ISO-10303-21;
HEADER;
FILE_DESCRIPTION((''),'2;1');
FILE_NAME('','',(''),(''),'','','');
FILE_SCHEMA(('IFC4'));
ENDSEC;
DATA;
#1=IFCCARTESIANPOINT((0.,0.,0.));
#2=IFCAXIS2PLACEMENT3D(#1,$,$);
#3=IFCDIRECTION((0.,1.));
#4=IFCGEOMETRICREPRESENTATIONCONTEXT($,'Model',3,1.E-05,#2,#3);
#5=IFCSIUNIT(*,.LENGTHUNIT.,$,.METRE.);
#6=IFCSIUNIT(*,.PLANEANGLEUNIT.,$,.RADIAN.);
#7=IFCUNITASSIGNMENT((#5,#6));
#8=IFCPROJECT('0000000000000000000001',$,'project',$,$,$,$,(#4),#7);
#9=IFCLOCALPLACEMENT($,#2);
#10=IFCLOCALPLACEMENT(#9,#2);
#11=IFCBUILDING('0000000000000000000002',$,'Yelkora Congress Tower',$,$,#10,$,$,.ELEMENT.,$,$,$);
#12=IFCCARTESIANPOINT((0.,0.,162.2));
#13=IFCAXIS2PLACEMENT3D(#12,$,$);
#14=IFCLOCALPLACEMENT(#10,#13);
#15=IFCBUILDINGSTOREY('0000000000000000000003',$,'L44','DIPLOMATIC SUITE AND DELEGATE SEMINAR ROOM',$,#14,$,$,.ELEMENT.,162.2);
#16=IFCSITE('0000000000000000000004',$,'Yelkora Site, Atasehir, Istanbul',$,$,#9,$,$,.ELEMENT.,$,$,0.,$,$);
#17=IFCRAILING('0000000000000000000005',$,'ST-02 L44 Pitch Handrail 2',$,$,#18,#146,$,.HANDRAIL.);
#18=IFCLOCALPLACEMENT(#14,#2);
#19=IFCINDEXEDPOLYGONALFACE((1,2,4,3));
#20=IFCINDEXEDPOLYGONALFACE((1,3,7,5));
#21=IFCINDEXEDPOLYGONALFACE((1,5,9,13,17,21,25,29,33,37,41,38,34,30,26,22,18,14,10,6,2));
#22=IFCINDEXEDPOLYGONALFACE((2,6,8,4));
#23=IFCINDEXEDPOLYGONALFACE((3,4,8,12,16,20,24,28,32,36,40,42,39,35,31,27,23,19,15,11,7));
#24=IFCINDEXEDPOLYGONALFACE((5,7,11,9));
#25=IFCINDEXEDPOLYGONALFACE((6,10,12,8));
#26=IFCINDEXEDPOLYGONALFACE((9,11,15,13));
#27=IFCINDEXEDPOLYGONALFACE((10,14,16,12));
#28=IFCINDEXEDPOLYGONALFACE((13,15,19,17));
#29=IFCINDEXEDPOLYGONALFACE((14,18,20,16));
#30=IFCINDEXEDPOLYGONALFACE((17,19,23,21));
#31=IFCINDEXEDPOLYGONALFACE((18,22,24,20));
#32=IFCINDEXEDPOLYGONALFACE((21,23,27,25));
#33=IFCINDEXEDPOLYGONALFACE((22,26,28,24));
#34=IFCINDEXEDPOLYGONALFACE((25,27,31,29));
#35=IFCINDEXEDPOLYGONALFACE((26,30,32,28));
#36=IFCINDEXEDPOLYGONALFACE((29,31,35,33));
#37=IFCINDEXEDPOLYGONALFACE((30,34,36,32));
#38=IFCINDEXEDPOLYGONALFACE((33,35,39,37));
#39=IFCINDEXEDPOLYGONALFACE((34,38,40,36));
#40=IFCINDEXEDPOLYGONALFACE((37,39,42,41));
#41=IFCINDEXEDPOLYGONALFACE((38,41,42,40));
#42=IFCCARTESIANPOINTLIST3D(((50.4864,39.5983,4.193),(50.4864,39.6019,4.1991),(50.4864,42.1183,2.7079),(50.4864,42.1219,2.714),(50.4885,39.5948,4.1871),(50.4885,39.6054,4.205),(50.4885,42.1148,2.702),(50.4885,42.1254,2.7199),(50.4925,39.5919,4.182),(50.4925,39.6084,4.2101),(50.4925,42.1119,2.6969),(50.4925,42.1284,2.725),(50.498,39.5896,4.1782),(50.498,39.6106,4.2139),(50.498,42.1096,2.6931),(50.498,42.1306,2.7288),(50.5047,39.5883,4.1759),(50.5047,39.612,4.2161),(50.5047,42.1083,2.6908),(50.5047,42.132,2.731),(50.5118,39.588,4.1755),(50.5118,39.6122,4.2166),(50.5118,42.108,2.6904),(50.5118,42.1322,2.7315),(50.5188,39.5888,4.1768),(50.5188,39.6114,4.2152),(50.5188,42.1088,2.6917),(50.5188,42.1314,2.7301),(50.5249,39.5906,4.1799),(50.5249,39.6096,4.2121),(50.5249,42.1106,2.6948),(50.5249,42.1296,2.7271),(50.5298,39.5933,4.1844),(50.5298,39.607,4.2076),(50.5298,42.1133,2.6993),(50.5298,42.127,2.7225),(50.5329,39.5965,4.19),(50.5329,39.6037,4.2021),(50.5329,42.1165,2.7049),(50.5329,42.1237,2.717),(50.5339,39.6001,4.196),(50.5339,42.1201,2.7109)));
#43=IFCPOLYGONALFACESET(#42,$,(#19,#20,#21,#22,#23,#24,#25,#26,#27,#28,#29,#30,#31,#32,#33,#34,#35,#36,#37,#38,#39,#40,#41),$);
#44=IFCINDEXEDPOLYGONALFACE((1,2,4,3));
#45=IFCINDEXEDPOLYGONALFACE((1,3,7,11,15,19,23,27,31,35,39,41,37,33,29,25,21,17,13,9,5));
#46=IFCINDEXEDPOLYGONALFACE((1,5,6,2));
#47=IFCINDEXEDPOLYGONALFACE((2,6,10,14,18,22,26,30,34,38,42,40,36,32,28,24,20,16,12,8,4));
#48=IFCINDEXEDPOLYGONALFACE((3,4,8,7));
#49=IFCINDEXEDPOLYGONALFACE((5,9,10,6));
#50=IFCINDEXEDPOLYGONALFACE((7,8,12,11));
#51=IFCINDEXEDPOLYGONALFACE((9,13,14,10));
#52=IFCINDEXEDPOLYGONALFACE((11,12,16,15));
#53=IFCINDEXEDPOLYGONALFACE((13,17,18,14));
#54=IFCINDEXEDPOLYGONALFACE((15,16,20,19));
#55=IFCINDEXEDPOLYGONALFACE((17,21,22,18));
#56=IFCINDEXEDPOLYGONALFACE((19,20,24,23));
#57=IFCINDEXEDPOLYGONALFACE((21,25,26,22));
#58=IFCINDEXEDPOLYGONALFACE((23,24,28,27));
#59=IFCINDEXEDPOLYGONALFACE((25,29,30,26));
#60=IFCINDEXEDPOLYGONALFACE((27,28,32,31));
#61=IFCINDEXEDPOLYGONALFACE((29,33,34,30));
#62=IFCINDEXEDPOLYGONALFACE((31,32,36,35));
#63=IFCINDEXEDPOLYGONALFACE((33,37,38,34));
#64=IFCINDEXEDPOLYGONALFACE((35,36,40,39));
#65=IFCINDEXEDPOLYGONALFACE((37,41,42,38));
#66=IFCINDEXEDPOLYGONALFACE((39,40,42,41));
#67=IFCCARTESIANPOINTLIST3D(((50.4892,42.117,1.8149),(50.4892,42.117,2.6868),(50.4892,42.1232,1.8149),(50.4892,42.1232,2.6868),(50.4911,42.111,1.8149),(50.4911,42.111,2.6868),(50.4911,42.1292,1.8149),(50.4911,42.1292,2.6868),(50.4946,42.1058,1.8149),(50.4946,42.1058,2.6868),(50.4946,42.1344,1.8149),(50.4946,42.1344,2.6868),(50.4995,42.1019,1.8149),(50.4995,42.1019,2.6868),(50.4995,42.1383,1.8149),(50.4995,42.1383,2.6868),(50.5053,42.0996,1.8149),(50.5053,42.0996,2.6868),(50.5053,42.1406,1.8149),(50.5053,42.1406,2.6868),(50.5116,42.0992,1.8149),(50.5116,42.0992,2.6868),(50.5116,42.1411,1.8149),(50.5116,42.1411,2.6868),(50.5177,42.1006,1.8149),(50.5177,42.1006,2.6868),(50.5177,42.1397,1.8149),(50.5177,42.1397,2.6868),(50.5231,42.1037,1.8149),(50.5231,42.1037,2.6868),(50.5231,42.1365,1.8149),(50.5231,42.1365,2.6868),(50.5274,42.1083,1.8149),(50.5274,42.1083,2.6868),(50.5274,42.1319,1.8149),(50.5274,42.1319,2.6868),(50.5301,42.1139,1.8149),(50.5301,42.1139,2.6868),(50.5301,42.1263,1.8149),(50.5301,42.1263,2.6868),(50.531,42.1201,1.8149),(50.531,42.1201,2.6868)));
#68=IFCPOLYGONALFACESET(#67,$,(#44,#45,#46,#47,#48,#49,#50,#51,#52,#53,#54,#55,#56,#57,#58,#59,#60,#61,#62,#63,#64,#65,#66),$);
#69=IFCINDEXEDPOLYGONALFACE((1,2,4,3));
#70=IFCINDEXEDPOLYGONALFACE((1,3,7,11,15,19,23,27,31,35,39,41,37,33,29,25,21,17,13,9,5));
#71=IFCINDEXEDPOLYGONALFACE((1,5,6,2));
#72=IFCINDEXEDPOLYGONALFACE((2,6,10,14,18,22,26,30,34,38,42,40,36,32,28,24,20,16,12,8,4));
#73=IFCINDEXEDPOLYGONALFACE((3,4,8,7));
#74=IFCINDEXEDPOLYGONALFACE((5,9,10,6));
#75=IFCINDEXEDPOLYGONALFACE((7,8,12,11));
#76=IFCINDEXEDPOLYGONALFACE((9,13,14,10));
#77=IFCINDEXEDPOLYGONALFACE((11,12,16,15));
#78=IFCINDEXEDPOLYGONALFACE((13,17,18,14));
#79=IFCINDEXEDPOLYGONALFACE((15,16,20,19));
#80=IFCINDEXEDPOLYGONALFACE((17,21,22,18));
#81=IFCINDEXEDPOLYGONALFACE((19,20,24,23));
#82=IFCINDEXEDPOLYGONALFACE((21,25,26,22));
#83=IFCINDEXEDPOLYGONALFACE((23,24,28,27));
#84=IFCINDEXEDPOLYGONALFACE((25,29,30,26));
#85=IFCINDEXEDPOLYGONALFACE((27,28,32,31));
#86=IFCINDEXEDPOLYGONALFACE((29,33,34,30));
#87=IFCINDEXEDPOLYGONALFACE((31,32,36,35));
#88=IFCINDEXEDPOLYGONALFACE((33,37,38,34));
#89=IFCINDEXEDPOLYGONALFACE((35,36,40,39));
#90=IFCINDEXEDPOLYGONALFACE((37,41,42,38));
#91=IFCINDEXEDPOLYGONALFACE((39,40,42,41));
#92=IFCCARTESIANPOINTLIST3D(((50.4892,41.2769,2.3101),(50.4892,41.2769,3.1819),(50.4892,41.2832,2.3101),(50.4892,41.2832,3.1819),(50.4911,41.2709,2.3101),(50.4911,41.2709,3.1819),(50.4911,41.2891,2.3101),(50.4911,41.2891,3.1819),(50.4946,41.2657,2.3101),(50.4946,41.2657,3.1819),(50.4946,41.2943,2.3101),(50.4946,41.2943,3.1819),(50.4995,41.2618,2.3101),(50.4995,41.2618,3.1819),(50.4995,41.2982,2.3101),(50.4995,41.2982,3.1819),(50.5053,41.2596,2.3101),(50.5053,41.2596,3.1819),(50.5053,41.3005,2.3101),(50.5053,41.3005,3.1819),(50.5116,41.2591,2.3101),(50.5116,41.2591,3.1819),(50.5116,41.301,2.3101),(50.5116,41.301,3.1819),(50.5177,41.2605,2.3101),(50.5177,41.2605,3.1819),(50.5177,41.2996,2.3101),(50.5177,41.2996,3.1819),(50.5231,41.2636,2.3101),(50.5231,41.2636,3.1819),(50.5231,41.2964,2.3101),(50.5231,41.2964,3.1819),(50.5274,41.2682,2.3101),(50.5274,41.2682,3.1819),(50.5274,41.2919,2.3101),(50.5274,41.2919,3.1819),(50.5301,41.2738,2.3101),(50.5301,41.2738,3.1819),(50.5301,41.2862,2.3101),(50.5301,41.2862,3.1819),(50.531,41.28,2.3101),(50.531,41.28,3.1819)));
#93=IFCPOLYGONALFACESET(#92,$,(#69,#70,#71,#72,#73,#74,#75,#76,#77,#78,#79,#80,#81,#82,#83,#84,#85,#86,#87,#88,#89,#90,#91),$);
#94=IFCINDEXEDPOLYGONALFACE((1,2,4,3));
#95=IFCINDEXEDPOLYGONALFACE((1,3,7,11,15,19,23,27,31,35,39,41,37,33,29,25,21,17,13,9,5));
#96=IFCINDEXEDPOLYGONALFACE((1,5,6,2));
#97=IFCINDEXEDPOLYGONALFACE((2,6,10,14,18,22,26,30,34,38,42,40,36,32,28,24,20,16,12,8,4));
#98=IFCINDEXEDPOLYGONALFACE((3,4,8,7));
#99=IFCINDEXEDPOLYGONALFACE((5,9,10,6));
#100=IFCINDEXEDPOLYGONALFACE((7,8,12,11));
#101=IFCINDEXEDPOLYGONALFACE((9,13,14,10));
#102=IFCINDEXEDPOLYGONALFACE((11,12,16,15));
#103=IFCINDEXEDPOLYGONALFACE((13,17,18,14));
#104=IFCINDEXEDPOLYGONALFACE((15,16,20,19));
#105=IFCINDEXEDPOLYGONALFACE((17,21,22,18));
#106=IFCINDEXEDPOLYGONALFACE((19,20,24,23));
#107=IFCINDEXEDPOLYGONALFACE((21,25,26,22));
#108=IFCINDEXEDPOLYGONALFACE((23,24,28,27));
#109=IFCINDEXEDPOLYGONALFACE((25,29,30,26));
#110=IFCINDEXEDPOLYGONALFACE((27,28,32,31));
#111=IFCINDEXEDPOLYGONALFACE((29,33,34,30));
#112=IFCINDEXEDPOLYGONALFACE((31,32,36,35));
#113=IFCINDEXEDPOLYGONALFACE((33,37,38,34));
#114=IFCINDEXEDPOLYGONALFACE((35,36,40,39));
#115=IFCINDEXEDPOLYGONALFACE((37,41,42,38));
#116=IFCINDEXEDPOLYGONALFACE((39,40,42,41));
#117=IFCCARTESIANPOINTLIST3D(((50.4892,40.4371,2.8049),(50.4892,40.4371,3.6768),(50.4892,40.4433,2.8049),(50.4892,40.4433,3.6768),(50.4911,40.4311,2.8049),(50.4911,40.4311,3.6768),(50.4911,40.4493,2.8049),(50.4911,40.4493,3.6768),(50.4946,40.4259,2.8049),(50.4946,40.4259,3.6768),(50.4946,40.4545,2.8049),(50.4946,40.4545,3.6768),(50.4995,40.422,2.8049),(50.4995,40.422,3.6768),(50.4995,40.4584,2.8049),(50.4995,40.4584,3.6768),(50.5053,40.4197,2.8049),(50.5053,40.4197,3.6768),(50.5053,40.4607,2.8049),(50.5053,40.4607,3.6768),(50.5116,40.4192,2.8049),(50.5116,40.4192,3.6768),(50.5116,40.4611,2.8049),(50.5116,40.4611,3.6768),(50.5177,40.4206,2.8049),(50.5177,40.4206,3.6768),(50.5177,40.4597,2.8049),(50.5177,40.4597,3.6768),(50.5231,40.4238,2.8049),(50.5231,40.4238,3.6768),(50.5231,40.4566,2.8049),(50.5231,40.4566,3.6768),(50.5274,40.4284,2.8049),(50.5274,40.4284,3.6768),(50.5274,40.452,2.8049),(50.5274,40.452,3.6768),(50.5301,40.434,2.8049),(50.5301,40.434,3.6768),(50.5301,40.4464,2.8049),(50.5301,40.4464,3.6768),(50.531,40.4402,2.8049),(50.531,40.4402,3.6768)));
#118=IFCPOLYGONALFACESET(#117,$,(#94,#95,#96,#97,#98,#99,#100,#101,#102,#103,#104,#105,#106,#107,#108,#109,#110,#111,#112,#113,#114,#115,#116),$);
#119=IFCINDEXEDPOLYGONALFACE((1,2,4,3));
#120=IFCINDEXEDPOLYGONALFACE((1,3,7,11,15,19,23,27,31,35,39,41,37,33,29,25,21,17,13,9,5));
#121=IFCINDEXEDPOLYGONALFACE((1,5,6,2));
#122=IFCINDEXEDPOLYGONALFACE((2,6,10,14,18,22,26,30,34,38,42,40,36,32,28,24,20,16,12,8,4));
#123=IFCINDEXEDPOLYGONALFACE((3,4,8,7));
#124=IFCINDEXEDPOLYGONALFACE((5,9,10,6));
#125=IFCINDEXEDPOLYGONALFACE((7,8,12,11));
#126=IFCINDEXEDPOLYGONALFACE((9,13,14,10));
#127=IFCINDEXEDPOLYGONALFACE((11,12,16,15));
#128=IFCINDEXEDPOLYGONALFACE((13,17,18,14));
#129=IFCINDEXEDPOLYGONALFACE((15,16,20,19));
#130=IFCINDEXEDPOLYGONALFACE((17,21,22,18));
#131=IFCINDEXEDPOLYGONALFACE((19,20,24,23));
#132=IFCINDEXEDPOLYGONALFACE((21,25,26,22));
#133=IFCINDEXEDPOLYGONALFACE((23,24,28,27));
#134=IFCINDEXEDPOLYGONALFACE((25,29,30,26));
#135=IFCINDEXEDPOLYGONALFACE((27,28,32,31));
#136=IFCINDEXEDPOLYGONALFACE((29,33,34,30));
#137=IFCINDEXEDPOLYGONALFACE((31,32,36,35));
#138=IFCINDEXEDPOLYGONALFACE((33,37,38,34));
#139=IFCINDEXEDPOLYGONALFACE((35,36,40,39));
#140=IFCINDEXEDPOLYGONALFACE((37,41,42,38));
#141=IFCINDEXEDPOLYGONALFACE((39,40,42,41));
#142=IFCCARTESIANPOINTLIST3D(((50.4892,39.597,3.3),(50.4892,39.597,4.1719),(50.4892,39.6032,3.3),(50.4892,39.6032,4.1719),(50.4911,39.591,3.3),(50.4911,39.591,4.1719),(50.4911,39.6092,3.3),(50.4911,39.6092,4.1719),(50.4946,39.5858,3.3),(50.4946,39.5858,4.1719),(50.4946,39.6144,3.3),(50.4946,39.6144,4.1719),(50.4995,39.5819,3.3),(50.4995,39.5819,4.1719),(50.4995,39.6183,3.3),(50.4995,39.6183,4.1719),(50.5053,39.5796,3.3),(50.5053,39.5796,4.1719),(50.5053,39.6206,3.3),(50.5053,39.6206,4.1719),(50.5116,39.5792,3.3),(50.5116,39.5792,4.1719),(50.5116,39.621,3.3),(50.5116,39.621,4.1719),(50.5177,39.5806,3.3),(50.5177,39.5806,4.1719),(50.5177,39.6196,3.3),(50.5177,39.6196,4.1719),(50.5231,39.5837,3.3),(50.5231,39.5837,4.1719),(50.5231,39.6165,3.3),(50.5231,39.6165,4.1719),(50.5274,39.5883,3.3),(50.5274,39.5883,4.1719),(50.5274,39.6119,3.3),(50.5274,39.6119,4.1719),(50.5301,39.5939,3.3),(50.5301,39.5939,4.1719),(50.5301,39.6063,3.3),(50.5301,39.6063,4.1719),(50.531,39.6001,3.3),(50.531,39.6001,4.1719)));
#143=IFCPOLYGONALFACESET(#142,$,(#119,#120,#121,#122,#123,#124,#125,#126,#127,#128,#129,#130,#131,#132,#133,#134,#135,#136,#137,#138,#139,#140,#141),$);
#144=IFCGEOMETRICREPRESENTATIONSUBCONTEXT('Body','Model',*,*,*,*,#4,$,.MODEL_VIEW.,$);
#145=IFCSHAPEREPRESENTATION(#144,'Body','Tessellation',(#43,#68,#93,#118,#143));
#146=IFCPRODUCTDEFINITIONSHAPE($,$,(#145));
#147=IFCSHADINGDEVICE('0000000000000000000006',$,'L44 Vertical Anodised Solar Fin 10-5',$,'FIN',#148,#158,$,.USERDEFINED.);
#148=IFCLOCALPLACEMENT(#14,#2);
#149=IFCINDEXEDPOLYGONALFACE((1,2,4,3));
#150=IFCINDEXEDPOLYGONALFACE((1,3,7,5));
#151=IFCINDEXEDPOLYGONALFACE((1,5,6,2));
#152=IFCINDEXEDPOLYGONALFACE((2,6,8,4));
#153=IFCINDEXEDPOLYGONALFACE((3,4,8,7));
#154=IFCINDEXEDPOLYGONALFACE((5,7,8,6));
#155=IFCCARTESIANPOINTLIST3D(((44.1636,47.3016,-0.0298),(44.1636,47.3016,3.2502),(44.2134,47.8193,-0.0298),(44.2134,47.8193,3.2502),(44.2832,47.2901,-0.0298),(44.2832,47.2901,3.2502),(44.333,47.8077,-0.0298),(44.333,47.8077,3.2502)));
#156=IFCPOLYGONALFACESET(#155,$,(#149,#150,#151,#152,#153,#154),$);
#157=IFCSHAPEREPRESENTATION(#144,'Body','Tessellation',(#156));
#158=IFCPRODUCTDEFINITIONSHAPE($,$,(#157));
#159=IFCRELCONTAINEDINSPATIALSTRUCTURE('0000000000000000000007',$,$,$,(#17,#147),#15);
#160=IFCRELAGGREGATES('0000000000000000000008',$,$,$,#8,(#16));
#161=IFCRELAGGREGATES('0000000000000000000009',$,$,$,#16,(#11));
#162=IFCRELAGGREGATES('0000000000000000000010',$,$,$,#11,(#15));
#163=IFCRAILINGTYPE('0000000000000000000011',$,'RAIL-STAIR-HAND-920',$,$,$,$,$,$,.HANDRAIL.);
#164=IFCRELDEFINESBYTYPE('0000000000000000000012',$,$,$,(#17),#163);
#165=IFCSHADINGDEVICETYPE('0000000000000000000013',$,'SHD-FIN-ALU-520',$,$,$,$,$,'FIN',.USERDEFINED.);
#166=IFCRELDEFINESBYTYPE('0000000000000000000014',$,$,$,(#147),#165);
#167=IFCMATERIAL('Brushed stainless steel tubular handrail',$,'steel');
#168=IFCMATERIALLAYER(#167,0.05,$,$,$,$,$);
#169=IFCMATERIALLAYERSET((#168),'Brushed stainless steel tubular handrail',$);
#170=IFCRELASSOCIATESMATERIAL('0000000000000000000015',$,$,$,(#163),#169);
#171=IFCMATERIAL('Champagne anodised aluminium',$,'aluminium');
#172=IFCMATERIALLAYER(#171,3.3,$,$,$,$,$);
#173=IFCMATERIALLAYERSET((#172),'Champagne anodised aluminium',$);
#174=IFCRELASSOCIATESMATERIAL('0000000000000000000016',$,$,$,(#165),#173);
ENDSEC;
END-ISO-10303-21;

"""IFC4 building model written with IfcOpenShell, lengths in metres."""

from ifc_helpers import new_model, si_unit, direction, frame, origin, origin_2d, place, context, subcontext, project, spatial, rectangle, circle, extrude, material, layer, layer_set, type_object, element, save


model = new_model("IFC4")

# Units and contexts
model_context = context("Model", 3, precision=1e-05, world=origin(), true_north=direction((0.0, 1.0)))
body_context = subcontext(model_context, "Body", "Model", "MODEL_VIEW")
ifc_project = project(units=[si_unit("LENGTHUNIT", "METRE"), si_unit("PLANEANGLEUNIT", "RADIAN")], contexts=[model_context])

# Site, building, storey
site_placement = place(None, origin())
site = spatial("IfcSite", under=ifc_project, at=site_placement, Name="Yelkora Site, Atasehir, Istanbul", CompositionType="ELEMENT", RefElevation=0.0)
building_placement = place(site_placement, origin())
building = spatial("IfcBuilding", under=site, at=building_placement, Name="Yelkora Congress Tower", CompositionType="ELEMENT")
storey_placement = place(building_placement, frame((0.0, 0.0, 162.2)))
storey = spatial("IfcBuildingStorey", under=building, at=storey_placement, Name="L44", Description="DIPLOMATIC SUITE AND DELEGATE SEMINAR ROOM", CompositionType="ELEMENT", Elevation=162.2)

# Railing
ifc_material_1 = material(Name="Brushed stainless steel tubular handrail", Category="steel")
ifc_layer_1 = layer(ifc_material_1, 0.05)
ifc_layer_set_1 = layer_set([ifc_layer_1], Name="Brushed stainless steel tubular handrail")
railing_type_1 = type_object("IfcRailingType", Name="RAIL-STAIR-HAND-920", PredefinedType="HANDRAIL", material=ifc_layer_set_1)
railing_1_placement = place(storey_placement, frame((50.51, 42.1201, 1.8149)))
element("IfcRailing", 1, at=railing_1_placement, inside=storey, type_object=railing_type_1, Name="ST-02 L44 Pitch Handrail 2", PredefinedType="HANDRAIL", context=body_context, shape_type="SweptSolid", body=[
    extrude(circle(Radius=0.0239, at=origin_2d()), frame((0.0, 0.0, 0.896), z_axis=(0.0, -0.861524, 0.507717), x_axis=(1.0, 0.0, 0.0)), (0.0, 0.0, 1.0), 2.925),
    extrude(circle(Radius=0.021, at=origin_2d()), origin(), (0.0, 0.0, 1.0), 0.8718),
    extrude(circle(Radius=0.021, at=origin_2d()), frame((0.0, -0.8401, 0.4951)), (0.0, 0.0, 1.0), 0.8718),
    extrude(circle(Radius=0.021, at=origin_2d()), frame((0.0, -1.6799, 0.99)), (0.0, 0.0, 1.0), 0.8718),
    extrude(circle(Radius=0.021, at=origin_2d()), frame((0.0, -2.52, 1.4851)), (0.0, 0.0, 1.0), 0.8718),
])

# Shading device
ifc_material_2 = material(Name="Champagne anodised aluminium", Category="aluminium")
ifc_layer_2 = layer(ifc_material_2, 3.3)
ifc_layer_set_2 = layer_set([ifc_layer_2], Name="Champagne anodised aluminium")
shading_device_type = type_object("IfcShadingDeviceType", Name="SHD-FIN-ALU-520", ElementType="FIN", PredefinedType="USERDEFINED", material=ifc_layer_set_2)
shading_device_placement = place(storey_placement, frame((44.2483, 47.5547, -0.0298), z_axis=(0.0, 0.0, 1.0), x_axis=(0.995396, -0.095846, 0.0)))
element("IfcShadingDevice", 2, at=shading_device_placement, inside=storey, type_object=shading_device_type, Name="L44 Vertical Anodised Solar Fin 10-5", ObjectType="FIN", PredefinedType="USERDEFINED", context=body_context, shape_type="SweptSolid", body=[
    extrude(rectangle(XDim=0.1201, YDim=0.52, at=origin_2d()), origin(), (0.0, 0.0, 1.0), 3.28),
])

save(model, "model.ifc")
